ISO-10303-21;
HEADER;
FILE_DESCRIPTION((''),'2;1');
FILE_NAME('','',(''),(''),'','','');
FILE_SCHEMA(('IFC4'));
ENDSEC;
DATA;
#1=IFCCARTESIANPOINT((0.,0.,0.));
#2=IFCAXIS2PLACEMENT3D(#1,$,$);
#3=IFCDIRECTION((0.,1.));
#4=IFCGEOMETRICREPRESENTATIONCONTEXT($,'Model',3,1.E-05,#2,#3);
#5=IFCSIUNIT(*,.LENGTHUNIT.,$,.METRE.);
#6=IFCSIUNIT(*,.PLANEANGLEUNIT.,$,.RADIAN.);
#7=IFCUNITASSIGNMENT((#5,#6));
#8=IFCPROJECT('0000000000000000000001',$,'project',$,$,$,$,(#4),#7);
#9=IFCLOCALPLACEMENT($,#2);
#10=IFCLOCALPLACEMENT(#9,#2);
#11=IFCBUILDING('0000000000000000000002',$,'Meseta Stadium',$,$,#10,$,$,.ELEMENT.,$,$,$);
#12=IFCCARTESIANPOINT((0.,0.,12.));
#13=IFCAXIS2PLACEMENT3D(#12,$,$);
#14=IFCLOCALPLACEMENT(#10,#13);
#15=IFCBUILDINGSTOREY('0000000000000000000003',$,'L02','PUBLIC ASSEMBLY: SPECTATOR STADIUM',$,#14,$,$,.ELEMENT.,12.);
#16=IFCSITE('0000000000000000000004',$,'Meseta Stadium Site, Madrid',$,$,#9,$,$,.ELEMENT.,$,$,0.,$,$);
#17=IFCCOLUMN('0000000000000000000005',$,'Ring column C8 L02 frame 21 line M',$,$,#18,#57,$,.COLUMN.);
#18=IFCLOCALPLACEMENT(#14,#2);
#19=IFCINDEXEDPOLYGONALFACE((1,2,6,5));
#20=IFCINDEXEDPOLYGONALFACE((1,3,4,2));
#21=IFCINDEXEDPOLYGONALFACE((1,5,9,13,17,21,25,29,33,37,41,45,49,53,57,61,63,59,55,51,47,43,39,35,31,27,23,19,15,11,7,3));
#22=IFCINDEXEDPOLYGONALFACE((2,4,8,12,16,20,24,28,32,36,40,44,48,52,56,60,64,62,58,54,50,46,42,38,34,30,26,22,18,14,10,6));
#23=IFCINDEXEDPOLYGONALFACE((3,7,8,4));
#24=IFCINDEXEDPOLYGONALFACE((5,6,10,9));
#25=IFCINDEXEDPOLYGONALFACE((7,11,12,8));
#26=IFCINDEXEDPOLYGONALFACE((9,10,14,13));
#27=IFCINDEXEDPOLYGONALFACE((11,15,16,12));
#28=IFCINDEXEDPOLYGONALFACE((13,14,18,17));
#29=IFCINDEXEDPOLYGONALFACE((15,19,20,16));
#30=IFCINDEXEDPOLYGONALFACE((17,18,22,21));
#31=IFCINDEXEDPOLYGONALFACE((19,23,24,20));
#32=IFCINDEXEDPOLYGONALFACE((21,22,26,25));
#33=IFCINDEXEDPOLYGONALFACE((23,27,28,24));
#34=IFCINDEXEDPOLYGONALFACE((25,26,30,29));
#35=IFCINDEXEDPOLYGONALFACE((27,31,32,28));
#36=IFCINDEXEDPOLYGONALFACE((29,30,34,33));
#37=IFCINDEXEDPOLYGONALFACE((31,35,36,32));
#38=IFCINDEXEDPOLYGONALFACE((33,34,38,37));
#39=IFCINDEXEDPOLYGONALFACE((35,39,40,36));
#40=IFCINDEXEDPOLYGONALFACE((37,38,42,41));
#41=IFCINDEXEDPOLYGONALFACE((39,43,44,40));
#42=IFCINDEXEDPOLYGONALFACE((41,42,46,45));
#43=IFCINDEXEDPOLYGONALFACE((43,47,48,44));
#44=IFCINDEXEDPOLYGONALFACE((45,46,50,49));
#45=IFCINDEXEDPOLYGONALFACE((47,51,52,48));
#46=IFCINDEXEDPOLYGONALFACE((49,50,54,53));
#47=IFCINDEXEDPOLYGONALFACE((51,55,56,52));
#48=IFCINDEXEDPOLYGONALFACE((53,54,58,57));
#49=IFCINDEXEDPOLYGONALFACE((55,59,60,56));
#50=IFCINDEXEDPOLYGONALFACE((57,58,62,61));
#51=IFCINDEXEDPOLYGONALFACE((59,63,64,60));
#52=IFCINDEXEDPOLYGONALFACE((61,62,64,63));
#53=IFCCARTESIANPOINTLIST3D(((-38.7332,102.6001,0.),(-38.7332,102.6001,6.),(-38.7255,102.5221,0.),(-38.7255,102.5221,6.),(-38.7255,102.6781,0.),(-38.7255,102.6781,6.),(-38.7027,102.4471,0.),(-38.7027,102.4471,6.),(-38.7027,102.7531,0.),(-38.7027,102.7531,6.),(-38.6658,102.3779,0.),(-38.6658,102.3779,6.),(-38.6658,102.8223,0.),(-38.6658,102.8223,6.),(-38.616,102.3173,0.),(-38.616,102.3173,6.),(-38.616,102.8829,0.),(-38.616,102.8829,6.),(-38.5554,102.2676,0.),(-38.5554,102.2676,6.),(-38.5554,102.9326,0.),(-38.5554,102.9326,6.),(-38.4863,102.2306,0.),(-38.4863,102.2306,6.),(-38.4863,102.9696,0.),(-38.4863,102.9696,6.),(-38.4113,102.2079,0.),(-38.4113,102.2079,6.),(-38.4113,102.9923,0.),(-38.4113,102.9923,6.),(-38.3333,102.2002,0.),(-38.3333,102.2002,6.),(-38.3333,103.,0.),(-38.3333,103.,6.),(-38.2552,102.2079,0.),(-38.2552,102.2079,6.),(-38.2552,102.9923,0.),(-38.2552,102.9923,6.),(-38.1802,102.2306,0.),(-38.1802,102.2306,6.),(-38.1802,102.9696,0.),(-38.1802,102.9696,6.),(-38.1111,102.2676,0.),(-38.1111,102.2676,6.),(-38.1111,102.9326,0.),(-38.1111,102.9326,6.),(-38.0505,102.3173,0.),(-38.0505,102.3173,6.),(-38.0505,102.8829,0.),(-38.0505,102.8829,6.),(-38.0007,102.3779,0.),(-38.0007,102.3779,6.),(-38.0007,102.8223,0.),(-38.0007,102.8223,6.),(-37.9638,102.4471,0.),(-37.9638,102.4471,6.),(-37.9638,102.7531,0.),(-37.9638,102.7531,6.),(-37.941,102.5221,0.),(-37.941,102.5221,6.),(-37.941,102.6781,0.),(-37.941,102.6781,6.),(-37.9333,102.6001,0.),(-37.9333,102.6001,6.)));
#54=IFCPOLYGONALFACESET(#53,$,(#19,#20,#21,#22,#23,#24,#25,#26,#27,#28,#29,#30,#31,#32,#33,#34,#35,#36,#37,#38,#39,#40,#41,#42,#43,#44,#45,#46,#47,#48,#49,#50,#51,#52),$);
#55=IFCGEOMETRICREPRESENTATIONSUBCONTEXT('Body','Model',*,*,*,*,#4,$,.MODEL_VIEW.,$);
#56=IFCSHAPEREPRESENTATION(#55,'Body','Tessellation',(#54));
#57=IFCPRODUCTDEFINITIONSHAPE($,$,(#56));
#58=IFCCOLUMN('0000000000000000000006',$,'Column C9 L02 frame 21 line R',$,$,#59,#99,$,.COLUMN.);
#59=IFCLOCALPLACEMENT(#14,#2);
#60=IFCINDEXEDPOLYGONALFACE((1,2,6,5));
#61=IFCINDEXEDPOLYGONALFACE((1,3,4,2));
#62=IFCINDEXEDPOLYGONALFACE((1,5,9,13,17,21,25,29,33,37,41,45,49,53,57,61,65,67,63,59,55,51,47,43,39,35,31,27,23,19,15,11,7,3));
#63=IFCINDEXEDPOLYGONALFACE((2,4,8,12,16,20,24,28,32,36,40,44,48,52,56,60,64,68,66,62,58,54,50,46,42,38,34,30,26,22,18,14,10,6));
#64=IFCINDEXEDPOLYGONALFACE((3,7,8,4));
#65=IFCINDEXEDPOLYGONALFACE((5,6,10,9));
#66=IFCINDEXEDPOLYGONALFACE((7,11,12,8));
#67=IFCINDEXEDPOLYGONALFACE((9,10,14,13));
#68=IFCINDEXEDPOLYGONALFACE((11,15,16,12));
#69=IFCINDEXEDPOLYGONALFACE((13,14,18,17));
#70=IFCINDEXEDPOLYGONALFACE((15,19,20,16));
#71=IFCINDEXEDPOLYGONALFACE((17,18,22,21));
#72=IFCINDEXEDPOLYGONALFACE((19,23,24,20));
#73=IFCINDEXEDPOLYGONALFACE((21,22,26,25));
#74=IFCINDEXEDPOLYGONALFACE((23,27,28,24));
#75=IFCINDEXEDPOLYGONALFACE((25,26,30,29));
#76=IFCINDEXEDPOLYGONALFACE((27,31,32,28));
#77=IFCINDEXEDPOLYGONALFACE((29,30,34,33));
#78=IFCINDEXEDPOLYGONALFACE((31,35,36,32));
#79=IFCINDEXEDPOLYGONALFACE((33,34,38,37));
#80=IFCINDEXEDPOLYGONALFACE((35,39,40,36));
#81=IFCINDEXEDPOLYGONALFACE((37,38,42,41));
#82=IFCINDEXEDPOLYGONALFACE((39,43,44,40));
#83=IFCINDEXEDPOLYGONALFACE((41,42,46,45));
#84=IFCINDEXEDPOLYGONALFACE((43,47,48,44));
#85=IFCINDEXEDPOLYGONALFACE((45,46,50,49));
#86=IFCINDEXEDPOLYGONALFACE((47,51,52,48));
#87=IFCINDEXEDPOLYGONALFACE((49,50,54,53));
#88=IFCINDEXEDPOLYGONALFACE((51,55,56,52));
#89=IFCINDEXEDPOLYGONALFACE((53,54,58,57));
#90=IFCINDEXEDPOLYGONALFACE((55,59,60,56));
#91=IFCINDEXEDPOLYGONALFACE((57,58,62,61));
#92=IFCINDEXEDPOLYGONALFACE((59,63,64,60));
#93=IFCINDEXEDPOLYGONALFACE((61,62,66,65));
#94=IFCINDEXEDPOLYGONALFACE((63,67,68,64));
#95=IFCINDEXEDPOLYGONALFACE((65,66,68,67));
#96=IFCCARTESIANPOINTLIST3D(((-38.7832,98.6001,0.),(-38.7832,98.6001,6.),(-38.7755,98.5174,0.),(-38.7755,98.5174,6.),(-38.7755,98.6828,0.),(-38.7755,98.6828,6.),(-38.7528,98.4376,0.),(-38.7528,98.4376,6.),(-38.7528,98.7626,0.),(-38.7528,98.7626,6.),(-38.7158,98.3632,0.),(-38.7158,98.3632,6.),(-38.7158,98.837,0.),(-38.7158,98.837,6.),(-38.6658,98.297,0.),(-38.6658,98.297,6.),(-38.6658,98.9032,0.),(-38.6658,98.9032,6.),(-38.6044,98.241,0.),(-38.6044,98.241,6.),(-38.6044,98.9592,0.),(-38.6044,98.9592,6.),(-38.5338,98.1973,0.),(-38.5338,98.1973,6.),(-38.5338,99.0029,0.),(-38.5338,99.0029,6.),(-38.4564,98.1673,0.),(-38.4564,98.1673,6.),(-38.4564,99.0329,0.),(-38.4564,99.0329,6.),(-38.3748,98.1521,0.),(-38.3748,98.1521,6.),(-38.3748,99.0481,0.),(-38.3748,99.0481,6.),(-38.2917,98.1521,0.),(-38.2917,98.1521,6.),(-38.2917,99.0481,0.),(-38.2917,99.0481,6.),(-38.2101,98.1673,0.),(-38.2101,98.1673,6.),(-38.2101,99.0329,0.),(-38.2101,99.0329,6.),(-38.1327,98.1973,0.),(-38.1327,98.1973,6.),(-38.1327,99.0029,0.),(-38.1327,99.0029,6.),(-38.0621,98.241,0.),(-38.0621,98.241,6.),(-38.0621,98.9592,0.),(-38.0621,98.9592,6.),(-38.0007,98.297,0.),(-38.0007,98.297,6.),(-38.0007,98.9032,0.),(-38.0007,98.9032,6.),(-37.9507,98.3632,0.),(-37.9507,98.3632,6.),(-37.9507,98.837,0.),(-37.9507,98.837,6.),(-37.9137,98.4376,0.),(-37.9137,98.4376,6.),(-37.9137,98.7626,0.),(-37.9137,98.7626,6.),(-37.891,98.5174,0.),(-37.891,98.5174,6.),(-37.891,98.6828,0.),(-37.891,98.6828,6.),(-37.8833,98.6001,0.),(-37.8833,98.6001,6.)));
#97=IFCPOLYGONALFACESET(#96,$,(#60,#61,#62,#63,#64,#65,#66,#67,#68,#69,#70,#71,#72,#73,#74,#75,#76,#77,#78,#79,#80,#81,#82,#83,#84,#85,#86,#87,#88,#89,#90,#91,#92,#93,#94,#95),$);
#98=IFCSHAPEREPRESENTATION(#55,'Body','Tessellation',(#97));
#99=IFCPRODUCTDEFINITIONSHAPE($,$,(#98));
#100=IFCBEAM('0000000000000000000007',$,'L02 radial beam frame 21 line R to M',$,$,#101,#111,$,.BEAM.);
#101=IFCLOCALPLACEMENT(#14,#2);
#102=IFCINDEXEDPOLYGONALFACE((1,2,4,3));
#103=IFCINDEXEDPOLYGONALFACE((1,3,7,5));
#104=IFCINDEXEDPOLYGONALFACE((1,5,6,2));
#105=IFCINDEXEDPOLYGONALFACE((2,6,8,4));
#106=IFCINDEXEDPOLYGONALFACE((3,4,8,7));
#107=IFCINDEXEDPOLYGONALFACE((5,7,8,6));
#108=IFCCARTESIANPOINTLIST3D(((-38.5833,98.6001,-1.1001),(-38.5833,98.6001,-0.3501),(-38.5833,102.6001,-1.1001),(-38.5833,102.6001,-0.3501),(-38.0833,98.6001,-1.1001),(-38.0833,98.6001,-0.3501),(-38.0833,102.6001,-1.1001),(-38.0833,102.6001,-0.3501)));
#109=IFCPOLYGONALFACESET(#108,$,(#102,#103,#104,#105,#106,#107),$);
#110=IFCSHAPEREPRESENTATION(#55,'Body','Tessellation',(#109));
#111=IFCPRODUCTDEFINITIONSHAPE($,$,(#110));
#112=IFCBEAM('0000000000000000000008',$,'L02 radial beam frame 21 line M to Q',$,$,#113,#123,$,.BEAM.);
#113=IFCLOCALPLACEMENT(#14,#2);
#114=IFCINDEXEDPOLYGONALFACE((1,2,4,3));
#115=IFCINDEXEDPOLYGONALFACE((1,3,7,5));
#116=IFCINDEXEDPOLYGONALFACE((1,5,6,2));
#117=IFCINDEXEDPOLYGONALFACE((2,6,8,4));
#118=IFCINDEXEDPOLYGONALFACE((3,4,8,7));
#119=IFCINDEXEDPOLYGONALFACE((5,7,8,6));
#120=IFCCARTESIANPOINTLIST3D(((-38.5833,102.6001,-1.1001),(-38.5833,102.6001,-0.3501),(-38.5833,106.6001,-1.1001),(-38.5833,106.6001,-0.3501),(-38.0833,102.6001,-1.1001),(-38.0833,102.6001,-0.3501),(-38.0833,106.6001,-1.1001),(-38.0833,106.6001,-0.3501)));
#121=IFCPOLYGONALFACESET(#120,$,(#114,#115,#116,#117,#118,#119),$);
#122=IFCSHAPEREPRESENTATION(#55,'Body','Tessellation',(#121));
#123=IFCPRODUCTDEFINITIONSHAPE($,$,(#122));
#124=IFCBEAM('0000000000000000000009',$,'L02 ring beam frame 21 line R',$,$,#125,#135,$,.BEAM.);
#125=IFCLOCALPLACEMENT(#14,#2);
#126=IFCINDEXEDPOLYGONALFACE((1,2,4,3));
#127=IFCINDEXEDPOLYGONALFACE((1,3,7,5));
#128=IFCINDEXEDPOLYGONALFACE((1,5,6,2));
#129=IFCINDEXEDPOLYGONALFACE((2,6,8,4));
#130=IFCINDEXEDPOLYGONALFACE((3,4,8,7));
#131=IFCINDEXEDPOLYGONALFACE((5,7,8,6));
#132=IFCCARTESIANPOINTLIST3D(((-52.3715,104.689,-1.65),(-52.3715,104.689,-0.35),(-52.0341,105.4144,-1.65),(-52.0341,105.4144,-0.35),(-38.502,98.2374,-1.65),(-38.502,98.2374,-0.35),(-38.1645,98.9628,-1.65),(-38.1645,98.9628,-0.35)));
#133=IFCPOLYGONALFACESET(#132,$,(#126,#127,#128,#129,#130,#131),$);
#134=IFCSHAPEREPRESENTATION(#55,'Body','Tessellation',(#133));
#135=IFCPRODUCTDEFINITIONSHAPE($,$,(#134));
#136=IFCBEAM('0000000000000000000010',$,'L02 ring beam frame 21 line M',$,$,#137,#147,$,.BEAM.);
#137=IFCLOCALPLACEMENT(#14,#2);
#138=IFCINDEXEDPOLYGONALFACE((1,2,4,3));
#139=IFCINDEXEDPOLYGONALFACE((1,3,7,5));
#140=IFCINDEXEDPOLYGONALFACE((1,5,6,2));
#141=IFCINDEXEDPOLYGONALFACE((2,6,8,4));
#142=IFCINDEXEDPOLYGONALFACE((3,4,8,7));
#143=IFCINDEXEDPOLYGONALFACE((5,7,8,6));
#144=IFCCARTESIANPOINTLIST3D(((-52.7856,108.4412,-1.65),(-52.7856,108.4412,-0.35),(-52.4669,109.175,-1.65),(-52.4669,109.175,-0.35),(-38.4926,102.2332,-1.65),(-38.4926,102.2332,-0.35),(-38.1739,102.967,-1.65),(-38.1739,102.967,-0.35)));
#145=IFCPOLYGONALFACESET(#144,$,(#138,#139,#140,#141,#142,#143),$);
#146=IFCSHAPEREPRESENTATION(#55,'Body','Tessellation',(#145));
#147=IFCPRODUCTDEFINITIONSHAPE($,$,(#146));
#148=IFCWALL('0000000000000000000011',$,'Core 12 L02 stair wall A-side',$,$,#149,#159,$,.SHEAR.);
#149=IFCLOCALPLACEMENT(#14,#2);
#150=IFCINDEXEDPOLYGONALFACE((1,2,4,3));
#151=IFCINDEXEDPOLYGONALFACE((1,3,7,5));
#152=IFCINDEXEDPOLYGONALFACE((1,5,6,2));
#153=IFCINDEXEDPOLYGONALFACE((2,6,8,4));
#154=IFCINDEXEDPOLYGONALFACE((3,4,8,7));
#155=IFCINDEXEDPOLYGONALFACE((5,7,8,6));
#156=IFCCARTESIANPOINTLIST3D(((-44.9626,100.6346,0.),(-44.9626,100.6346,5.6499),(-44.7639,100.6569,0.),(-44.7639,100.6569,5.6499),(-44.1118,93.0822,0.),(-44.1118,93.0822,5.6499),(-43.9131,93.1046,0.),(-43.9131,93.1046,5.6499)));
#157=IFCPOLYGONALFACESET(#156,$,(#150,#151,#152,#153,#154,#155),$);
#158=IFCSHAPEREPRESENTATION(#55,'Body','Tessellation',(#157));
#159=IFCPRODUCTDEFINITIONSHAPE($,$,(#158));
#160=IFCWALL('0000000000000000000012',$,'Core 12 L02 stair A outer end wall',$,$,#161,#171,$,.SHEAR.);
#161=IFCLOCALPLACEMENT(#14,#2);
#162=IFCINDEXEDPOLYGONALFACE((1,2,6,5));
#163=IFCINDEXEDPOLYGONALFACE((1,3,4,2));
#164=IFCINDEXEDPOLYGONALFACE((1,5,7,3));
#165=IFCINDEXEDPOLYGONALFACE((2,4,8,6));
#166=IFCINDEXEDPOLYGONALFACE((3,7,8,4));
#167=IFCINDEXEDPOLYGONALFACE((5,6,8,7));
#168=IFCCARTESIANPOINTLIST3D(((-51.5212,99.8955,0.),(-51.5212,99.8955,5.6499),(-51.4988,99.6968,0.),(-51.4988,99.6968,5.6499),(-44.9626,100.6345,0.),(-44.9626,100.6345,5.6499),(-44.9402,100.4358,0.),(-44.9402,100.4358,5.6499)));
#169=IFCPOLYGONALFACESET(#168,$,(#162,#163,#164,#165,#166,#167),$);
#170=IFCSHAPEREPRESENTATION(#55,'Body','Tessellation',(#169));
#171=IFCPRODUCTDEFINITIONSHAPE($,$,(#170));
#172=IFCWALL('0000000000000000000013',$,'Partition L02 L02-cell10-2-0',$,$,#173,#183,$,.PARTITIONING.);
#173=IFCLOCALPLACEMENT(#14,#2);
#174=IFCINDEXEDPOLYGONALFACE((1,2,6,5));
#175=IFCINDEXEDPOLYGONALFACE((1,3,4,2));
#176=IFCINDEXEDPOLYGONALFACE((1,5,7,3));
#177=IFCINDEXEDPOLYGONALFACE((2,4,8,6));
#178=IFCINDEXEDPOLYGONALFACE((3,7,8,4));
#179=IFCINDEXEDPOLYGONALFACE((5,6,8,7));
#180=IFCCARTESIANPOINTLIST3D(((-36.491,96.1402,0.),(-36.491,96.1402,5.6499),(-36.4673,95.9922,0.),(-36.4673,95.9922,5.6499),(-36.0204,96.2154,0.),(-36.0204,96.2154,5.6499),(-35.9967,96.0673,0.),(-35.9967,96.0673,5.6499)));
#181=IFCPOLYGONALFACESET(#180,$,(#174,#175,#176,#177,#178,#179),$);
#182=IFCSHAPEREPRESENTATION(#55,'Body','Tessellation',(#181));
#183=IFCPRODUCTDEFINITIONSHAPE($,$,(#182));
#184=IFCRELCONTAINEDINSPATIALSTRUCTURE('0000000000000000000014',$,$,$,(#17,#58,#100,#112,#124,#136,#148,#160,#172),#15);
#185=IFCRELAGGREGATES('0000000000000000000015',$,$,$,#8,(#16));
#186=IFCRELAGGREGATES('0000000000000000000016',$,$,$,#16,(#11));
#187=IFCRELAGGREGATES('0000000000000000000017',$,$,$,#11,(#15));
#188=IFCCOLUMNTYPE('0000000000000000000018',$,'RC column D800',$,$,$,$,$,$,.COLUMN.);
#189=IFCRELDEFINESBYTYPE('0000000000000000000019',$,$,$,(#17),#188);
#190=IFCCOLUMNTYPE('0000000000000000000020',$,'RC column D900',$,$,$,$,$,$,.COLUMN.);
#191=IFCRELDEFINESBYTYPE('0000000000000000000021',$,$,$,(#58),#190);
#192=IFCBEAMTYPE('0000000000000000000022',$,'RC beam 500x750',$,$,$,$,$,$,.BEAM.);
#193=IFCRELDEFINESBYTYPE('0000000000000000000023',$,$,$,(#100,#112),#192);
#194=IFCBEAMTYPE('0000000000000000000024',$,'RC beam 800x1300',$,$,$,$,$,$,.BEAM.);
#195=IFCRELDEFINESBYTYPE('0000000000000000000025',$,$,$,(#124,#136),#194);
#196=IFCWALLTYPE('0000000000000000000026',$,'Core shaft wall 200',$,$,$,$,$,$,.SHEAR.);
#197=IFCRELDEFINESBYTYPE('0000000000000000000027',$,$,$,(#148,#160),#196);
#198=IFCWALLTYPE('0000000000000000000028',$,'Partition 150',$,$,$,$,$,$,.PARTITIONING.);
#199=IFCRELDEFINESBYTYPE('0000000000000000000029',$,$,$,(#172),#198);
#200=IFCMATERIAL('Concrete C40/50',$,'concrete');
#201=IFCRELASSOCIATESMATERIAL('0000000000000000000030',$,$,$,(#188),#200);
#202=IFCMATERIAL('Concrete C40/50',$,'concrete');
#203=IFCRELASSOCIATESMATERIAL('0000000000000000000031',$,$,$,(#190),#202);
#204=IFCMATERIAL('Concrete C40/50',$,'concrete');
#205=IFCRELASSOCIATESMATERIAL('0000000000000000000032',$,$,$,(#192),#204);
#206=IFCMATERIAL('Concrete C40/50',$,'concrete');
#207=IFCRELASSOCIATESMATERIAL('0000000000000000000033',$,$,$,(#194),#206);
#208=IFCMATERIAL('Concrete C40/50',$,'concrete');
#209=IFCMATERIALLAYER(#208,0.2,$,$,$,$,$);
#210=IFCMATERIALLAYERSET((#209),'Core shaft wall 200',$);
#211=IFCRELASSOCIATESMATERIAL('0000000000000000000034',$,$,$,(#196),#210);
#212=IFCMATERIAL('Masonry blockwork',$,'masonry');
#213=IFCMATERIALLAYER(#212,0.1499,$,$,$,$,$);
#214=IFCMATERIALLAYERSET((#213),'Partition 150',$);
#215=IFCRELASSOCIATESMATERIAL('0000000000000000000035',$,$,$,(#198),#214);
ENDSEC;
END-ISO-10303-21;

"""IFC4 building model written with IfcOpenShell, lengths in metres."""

from ifc_helpers import new_model, si_unit, direction, frame, frame_2d, origin, origin_2d, place, context, subcontext, project, spatial, rectangle, circle, extrude, material, layer, layer_set, material_profile, profile_set, type_object, element, save


model = new_model("IFC4")

# Units and contexts
model_context = context("Model", 3, precision=1e-05, world=origin(), true_north=direction((0.0, 1.0)))
body_context = subcontext(model_context, "Body", "Model", "MODEL_VIEW")
ifc_project = project(units=[si_unit("LENGTHUNIT", "METRE"), si_unit("PLANEANGLEUNIT", "RADIAN")], contexts=[model_context])

# Site, building, storey
site_placement = place(None, origin())
site = spatial("IfcSite", under=ifc_project, at=site_placement, Name="Meseta Stadium Site, Madrid", CompositionType="ELEMENT", RefElevation=0.0)
building_placement = place(site_placement, origin())
building = spatial("IfcBuilding", under=site, at=building_placement, Name="Meseta Stadium", CompositionType="ELEMENT")
storey_placement = place(building_placement, frame((0.0, 0.0, 12.0)))
storey = spatial("IfcBuildingStorey", under=building, at=storey_placement, Name="L02", Description="PUBLIC ASSEMBLY: SPECTATOR STADIUM", CompositionType="ELEMENT", Elevation=12.0)

# Columns
ifc_material_1 = material(Name="Concrete C40/50", Category="concrete")
ifc_material_profile_1 = material_profile(ifc_material_1, circle(Radius=0.3999, at=origin_2d()), Name="RC D800")
ifc_profile_set_1 = profile_set([ifc_material_profile_1], Name="Concrete C40/50")
column_type_1 = type_object("IfcColumnType", Name="RC column D800", PredefinedType="COLUMN", material=ifc_profile_set_1)
column_1_placement = place(storey_placement, frame((-38.3333, 102.6001, 0.0), z_axis=(0.0, 0.0, 1.0), x_axis=(1.0, 0.0, 0.0)))
element("IfcColumn", 1, at=column_1_placement, inside=storey, type_object=column_type_1, Name="Ring column C8 L02 frame 21 line M", PredefinedType="COLUMN", context=body_context, shape_type="SweptSolid", body=[
    extrude(circle(Radius=0.3999, at=origin_2d()), origin(), (0.0, 0.0, 1.0), 6.0),
])
ifc_material_2 = material(Name="Concrete C40/50", Category="concrete")
ifc_material_profile_2 = material_profile(ifc_material_2, circle(Radius=0.45, at=origin_2d()), Name="RC D900")
ifc_profile_set_2 = profile_set([ifc_material_profile_2], Name="Concrete C40/50")
column_type_2 = type_object("IfcColumnType", Name="RC column D900", PredefinedType="COLUMN", material=ifc_profile_set_2)
column_2_placement = place(storey_placement, frame((-38.3333, 98.6001, 0.0), z_axis=(0.0, 0.0, 1.0), x_axis=(1.0, 0.0, 0.0)))
element("IfcColumn", 2, at=column_2_placement, inside=storey, type_object=column_type_2, Name="Column C9 L02 frame 21 line R", PredefinedType="COLUMN", context=body_context, shape_type="SweptSolid", body=[
    extrude(circle(Radius=0.45, at=origin_2d()), origin(), (0.0, 0.0, 1.0), 6.0),
])

# Beams
ifc_material_3 = material(Name="Concrete C40/50", Category="concrete")
ifc_material_profile_3 = material_profile(ifc_material_3, rectangle(XDim=0.5, YDim=0.75, at=origin_2d()), Name="RC 500x750")
ifc_profile_set_3 = profile_set([ifc_material_profile_3], Name="Concrete C40/50")
beam_type_1 = type_object("IfcBeamType", Name="RC beam 500x750", PredefinedType="BEAM", material=ifc_profile_set_3)
for number, where, z_axis, x_axis, name in (
    (3, (-38.3333, 98.6001, -0.7251), (0.0, 1.0, 0.0), (-1.0, 0.0, 0.0), "L02 radial beam frame 21 line R to M"),
    (4, (-38.3333, 102.6001, -0.7251), (0.0, 1.0, 0.0), (-1.0, 0.0, 0.0), "L02 radial beam frame 21 line M to Q"),
):
    element("IfcBeam", number, at=place(storey_placement, frame(where, z_axis=z_axis, x_axis=x_axis)), inside=storey, type_object=beam_type_1, Name=name, PredefinedType="BEAM", context=body_context, shape_type="SweptSolid", body=[
        extrude(rectangle(XDim=0.5, YDim=0.75, at=origin_2d()), origin(), (0.0, 0.0, 1.0), 4.0),
    ])
ifc_material_4 = material(Name="Concrete C40/50", Category="concrete")
ifc_material_profile_4 = material_profile(ifc_material_4, rectangle(XDim=0.8, YDim=1.3, at=origin_2d()), Name="RC 800x1300")
ifc_profile_set_4 = profile_set([ifc_material_profile_4], Name="Concrete C40/50")
beam_type_2 = type_object("IfcBeamType", Name="RC beam 800x1300", PredefinedType="BEAM", material=ifc_profile_set_4)
beam_1_placement = place(storey_placement, frame((-38.3333, 98.6001, -1.0), z_axis=(-0.906704, 0.421767, 0.0), x_axis=(-0.421767, -0.906704, 0.0)))
element("IfcBeam", 5, at=beam_1_placement, inside=storey, type_object=beam_type_2, Name="L02 ring beam frame 21 line R", PredefinedType="BEAM", context=body_context, shape_type="SweptSolid", body=[
    extrude(rectangle(XDim=0.8, YDim=1.3, at=origin_2d()), origin(), (0.0, 0.0, 1.0), 15.2966),
])
beam_2_placement = place(storey_placement, frame((-38.3333, 102.6001, -1.0), z_axis=(-0.917218, 0.398385, 0.0), x_axis=(-0.398385, -0.917218, 0.0)))
element("IfcBeam", 6, at=beam_2_placement, inside=storey, type_object=beam_type_2, Name="L02 ring beam frame 21 line M", PredefinedType="BEAM", context=body_context, shape_type="SweptSolid", body=[
    extrude(rectangle(XDim=0.8, YDim=1.3, at=origin_2d()), origin(), (0.0, 0.0, 1.0), 15.583),
])

# Walls
ifc_material_5 = material(Name="Concrete C40/50", Category="concrete")
ifc_layer_1 = layer(ifc_material_5, 0.2)
ifc_layer_set_1 = layer_set([ifc_layer_1], Name="Core shaft wall 200")
wall_type_1 = type_object("IfcWallType", Name="Core shaft wall 200", PredefinedType="SHEAR", material=ifc_layer_set_1)
wall_1_placement = place(storey_placement, frame((-44.8633, 100.6458, 0.0), z_axis=(0.0, 0.0, 1.0), x_axis=(0.111951, -0.993714, 0.0)))
element("IfcWall", 7, at=wall_1_placement, inside=storey, type_object=wall_type_1, Name="Core 12 L02 stair wall A-side", PredefinedType="SHEAR", context=body_context, shape_type="SweptSolid", body=[
    extrude(rectangle(XDim=7.6001, YDim=0.2, at=frame_2d((3.8, 0.0))), origin(), (0.0, 0.0, 1.0), 5.6499),
])
wall_2_placement = place(storey_placement, frame((-44.9514, 100.5352, 0.0), z_axis=(0.0, 0.0, 1.0), x_axis=(-0.993712, -0.11197, 0.0)))
element("IfcWall", 8, at=wall_2_placement, inside=storey, type_object=wall_type_1, Name="Core 12 L02 stair A outer end wall", PredefinedType="SHEAR", context=body_context, shape_type="SweptSolid", body=[
    extrude(rectangle(XDim=6.6001, YDim=0.2, at=frame_2d((3.3, 0.0))), origin(), (0.0, 0.0, 1.0), 5.6499),
])
ifc_material_6 = material(Name="Masonry blockwork", Category="masonry")
ifc_layer_2 = layer(ifc_material_6, 0.1499)
ifc_layer_set_2 = layer_set([ifc_layer_2], Name="Partition 150")
wall_type_2 = type_object("IfcWallType", Name="Partition 150", PredefinedType="PARTITIONING", material=ifc_layer_set_2)
wall_3_placement = place(storey_placement, frame((-36.0085, 96.1414, 0.0), z_axis=(0.0, 0.0, 1.0), x_axis=(-0.987479, -0.157751, 0.0)))
element("IfcWall", 9, at=wall_3_placement, inside=storey, type_object=wall_type_2, Name="Partition L02 L02-cell10-2-0", PredefinedType="PARTITIONING", context=body_context, shape_type="SweptSolid", body=[
    extrude(rectangle(XDim=0.4766, YDim=0.1499, at=frame_2d((0.2383, 0.0))), origin(), (0.0, 0.0, 1.0), 5.6499),
])

save(model, "model.ifc")
